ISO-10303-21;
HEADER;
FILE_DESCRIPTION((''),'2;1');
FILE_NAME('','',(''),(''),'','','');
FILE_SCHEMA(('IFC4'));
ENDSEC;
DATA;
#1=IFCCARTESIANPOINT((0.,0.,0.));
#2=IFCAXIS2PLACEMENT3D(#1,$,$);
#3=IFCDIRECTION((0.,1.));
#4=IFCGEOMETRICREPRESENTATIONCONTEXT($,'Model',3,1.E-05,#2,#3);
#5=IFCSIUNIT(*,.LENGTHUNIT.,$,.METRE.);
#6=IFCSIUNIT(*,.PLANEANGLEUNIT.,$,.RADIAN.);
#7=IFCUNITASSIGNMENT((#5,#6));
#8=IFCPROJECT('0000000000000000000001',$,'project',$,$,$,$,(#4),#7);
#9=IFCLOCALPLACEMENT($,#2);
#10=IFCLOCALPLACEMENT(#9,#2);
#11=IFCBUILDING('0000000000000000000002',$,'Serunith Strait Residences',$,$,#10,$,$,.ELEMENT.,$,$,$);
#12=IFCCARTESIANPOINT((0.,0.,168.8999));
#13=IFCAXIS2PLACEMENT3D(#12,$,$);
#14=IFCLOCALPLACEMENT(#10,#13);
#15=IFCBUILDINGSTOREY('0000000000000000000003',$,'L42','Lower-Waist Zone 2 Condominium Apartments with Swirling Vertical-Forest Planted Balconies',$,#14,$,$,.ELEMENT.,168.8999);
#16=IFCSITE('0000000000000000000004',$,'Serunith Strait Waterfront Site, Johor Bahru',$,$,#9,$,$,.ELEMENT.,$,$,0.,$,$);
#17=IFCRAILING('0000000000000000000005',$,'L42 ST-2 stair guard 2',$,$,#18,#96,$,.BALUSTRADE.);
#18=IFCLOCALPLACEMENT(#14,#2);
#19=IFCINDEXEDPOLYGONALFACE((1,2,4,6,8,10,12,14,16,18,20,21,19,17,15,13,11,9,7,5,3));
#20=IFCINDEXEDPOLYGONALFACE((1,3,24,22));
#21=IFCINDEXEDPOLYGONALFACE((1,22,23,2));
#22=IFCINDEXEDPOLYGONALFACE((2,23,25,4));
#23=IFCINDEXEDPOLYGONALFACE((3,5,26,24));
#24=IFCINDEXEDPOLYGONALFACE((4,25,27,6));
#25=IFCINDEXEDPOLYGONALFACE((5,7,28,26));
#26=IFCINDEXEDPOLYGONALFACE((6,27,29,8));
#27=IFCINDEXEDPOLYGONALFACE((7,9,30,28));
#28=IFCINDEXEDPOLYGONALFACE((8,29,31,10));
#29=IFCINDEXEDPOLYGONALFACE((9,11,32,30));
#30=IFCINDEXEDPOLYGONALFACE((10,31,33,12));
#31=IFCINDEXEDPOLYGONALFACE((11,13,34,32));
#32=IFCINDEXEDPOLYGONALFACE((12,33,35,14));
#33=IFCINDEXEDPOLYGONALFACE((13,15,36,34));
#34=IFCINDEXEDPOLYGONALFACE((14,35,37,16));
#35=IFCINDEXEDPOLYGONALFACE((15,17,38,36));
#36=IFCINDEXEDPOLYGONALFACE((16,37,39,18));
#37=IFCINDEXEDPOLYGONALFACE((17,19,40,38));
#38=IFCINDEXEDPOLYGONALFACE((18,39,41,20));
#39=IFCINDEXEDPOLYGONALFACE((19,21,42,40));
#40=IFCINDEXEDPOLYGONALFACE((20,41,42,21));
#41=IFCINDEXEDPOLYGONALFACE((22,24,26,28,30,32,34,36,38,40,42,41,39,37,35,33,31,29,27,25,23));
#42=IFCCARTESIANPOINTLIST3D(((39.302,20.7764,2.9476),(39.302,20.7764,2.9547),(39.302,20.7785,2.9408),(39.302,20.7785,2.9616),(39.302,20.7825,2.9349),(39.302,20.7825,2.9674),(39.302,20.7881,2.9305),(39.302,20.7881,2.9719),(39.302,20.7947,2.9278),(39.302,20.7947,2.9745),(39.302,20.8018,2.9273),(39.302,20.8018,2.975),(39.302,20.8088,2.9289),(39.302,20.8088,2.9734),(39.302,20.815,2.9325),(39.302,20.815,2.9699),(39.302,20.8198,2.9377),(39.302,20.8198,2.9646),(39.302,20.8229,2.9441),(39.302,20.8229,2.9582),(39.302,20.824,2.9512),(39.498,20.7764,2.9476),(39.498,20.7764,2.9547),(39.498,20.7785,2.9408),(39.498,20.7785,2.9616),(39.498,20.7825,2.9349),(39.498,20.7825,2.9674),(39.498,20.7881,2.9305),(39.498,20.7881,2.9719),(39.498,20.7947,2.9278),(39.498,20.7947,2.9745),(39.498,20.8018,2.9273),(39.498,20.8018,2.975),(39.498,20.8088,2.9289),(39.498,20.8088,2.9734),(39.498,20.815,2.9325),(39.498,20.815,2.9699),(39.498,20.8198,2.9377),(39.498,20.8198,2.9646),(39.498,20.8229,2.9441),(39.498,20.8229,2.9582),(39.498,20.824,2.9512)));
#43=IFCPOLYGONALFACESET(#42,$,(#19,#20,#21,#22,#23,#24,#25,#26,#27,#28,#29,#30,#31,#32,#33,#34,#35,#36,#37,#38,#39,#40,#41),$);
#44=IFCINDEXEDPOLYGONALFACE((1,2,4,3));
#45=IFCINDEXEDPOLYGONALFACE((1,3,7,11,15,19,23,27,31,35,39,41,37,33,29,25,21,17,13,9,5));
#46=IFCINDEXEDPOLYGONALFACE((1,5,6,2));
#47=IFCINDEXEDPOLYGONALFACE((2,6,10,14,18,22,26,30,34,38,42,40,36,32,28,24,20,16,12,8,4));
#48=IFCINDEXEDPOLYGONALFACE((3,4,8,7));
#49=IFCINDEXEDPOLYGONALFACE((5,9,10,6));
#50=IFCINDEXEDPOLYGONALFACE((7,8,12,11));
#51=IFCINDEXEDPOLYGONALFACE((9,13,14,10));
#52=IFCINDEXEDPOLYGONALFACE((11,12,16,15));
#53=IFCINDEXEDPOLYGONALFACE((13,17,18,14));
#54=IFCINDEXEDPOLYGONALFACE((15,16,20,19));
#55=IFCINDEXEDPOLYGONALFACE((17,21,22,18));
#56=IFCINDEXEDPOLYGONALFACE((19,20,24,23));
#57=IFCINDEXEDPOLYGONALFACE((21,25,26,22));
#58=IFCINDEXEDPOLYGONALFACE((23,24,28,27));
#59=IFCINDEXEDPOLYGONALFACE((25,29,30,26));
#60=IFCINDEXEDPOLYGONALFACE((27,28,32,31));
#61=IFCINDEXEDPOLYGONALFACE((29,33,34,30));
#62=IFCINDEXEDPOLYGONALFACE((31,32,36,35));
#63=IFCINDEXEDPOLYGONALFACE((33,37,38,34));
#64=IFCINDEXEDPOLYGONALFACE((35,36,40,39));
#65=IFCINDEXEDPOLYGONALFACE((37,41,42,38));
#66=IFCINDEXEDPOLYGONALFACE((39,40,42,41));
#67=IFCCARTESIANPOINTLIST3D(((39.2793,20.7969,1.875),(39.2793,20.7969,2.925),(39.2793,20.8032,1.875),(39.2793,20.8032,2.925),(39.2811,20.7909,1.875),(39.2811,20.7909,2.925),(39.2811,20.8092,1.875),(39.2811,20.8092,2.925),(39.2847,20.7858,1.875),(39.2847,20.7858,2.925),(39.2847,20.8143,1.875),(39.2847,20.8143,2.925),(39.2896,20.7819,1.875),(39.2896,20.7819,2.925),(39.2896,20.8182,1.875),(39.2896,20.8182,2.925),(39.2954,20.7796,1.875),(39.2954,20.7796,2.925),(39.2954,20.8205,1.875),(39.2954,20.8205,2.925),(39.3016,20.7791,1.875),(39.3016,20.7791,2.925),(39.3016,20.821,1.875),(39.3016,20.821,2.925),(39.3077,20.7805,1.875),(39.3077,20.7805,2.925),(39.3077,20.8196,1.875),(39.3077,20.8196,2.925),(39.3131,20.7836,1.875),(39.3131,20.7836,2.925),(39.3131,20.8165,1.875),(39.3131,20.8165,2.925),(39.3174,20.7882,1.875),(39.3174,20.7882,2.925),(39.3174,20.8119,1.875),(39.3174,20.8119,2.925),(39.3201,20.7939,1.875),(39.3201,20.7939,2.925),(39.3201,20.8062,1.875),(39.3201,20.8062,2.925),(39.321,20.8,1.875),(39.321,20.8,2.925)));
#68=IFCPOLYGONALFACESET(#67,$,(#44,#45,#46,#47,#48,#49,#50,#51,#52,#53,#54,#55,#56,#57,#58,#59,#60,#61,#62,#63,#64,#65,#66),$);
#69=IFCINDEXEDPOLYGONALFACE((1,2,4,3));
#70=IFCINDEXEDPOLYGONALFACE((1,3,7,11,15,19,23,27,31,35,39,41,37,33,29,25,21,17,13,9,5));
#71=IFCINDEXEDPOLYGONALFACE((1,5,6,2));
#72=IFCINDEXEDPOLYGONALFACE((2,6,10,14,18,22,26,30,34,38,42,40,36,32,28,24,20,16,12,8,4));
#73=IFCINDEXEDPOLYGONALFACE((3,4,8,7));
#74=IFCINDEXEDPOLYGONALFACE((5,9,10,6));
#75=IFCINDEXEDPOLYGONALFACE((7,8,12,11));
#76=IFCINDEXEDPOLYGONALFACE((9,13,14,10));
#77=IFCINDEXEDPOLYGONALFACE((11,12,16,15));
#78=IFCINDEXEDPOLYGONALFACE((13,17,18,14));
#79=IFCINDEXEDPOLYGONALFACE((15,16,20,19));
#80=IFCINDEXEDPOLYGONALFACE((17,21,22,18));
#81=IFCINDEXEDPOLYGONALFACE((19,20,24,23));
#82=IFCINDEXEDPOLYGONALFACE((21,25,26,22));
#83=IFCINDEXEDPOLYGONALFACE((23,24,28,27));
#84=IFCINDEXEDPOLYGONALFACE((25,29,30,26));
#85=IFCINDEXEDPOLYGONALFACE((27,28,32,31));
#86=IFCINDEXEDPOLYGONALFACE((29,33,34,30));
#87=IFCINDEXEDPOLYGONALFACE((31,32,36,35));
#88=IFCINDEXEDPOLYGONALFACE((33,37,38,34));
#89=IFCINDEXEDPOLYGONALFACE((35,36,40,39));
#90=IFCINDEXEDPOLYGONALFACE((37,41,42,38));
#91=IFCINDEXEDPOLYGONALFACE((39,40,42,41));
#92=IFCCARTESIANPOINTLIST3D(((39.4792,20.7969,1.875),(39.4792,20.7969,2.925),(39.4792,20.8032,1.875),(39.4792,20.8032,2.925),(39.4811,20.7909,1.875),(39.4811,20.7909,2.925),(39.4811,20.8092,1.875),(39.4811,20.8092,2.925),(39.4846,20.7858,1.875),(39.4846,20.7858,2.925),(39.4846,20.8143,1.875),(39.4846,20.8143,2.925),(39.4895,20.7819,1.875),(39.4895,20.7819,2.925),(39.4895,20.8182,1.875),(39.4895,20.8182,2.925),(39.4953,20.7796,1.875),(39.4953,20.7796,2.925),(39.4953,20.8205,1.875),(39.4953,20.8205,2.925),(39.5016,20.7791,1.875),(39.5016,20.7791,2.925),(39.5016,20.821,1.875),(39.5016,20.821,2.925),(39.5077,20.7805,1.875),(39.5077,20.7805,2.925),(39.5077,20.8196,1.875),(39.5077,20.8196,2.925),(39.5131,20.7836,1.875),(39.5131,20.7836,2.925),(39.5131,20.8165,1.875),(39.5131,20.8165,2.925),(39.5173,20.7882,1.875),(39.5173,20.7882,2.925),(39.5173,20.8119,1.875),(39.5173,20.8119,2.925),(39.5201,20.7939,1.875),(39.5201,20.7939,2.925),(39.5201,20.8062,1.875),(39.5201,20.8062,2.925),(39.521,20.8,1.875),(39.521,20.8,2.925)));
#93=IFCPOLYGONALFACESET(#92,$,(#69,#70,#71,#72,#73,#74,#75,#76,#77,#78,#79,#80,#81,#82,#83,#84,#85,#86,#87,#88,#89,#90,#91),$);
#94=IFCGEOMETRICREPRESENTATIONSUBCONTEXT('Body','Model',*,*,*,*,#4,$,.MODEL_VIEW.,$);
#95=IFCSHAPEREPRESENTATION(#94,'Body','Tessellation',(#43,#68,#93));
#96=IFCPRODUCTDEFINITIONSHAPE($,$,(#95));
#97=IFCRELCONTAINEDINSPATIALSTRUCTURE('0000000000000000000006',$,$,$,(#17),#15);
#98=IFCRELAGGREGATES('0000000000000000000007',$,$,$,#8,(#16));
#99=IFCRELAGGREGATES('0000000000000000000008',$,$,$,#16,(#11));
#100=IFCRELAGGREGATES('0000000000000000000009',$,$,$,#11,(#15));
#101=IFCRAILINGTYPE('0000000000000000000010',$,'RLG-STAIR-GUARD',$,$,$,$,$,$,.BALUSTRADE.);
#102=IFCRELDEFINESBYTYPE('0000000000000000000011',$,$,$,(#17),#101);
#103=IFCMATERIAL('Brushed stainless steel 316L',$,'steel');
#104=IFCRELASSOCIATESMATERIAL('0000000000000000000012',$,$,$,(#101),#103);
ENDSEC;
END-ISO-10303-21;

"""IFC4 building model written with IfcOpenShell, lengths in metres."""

from ifc_helpers import new_model, si_unit, direction, frame, origin, origin_2d, place, context, subcontext, project, spatial, circle, extrude, material, type_object, element, save


model = new_model("IFC4")

# Units and contexts
model_context = context("Model", 3, precision=1e-05, world=origin(), true_north=direction((0.0, 1.0)))
body_context = subcontext(model_context, "Body", "Model", "MODEL_VIEW")
ifc_project = project(units=[si_unit("LENGTHUNIT", "METRE"), si_unit("PLANEANGLEUNIT", "RADIAN")], contexts=[model_context])

# Site, building, storey
site_placement = place(None, origin())
site = spatial("IfcSite", under=ifc_project, at=site_placement, Name="Serunith Strait Waterfront Site, Johor Bahru", CompositionType="ELEMENT", RefElevation=0.0)
building_placement = place(site_placement, origin())
building = spatial("IfcBuilding", under=site, at=building_placement, Name="Serunith Strait Residences", CompositionType="ELEMENT")
storey_placement = place(building_placement, frame((0.0, 0.0, 168.8999)))
storey = spatial("IfcBuildingStorey", under=building, at=storey_placement, Name="L42", Description="Lower-Waist Zone 2 Condominium Apartments with Swirling Vertical-Forest Planted Balconies", CompositionType="ELEMENT", Elevation=168.8999)

# Railing
ifc_material_1 = material(Name="Brushed stainless steel 316L", Category="steel")
railing_type_1 = type_object("IfcRailingType", Name="RLG-STAIR-GUARD", PredefinedType="BALUSTRADE", material=ifc_material_1)
railing_1_placement = place(storey_placement, frame((39.3, 20.8, 1.875)))
element("IfcRailing", 1, at=railing_1_placement, inside=storey, type_object=railing_type_1, Name="L42 ST-2 stair guard 2", PredefinedType="BALUSTRADE", context=body_context, shape_type="SweptSolid", body=[
    extrude(circle(Radius=0.0239, at=origin_2d()), frame((0.002, 0.0, 1.0762), z_axis=(1.0, 0.0, 0.0), x_axis=(0.0, 1.0, 0.0)), (0.0, 0.0, 1.0), 0.196),
    extrude(circle(Radius=0.021, at=origin_2d()), origin(), (0.0, 0.0, 1.0), 1.05),
    extrude(circle(Radius=0.021, at=origin_2d()), frame((0.2, 0.0, 0.0)), (0.0, 0.0, 1.0), 1.05),
])

save(model, "model.ifc")
